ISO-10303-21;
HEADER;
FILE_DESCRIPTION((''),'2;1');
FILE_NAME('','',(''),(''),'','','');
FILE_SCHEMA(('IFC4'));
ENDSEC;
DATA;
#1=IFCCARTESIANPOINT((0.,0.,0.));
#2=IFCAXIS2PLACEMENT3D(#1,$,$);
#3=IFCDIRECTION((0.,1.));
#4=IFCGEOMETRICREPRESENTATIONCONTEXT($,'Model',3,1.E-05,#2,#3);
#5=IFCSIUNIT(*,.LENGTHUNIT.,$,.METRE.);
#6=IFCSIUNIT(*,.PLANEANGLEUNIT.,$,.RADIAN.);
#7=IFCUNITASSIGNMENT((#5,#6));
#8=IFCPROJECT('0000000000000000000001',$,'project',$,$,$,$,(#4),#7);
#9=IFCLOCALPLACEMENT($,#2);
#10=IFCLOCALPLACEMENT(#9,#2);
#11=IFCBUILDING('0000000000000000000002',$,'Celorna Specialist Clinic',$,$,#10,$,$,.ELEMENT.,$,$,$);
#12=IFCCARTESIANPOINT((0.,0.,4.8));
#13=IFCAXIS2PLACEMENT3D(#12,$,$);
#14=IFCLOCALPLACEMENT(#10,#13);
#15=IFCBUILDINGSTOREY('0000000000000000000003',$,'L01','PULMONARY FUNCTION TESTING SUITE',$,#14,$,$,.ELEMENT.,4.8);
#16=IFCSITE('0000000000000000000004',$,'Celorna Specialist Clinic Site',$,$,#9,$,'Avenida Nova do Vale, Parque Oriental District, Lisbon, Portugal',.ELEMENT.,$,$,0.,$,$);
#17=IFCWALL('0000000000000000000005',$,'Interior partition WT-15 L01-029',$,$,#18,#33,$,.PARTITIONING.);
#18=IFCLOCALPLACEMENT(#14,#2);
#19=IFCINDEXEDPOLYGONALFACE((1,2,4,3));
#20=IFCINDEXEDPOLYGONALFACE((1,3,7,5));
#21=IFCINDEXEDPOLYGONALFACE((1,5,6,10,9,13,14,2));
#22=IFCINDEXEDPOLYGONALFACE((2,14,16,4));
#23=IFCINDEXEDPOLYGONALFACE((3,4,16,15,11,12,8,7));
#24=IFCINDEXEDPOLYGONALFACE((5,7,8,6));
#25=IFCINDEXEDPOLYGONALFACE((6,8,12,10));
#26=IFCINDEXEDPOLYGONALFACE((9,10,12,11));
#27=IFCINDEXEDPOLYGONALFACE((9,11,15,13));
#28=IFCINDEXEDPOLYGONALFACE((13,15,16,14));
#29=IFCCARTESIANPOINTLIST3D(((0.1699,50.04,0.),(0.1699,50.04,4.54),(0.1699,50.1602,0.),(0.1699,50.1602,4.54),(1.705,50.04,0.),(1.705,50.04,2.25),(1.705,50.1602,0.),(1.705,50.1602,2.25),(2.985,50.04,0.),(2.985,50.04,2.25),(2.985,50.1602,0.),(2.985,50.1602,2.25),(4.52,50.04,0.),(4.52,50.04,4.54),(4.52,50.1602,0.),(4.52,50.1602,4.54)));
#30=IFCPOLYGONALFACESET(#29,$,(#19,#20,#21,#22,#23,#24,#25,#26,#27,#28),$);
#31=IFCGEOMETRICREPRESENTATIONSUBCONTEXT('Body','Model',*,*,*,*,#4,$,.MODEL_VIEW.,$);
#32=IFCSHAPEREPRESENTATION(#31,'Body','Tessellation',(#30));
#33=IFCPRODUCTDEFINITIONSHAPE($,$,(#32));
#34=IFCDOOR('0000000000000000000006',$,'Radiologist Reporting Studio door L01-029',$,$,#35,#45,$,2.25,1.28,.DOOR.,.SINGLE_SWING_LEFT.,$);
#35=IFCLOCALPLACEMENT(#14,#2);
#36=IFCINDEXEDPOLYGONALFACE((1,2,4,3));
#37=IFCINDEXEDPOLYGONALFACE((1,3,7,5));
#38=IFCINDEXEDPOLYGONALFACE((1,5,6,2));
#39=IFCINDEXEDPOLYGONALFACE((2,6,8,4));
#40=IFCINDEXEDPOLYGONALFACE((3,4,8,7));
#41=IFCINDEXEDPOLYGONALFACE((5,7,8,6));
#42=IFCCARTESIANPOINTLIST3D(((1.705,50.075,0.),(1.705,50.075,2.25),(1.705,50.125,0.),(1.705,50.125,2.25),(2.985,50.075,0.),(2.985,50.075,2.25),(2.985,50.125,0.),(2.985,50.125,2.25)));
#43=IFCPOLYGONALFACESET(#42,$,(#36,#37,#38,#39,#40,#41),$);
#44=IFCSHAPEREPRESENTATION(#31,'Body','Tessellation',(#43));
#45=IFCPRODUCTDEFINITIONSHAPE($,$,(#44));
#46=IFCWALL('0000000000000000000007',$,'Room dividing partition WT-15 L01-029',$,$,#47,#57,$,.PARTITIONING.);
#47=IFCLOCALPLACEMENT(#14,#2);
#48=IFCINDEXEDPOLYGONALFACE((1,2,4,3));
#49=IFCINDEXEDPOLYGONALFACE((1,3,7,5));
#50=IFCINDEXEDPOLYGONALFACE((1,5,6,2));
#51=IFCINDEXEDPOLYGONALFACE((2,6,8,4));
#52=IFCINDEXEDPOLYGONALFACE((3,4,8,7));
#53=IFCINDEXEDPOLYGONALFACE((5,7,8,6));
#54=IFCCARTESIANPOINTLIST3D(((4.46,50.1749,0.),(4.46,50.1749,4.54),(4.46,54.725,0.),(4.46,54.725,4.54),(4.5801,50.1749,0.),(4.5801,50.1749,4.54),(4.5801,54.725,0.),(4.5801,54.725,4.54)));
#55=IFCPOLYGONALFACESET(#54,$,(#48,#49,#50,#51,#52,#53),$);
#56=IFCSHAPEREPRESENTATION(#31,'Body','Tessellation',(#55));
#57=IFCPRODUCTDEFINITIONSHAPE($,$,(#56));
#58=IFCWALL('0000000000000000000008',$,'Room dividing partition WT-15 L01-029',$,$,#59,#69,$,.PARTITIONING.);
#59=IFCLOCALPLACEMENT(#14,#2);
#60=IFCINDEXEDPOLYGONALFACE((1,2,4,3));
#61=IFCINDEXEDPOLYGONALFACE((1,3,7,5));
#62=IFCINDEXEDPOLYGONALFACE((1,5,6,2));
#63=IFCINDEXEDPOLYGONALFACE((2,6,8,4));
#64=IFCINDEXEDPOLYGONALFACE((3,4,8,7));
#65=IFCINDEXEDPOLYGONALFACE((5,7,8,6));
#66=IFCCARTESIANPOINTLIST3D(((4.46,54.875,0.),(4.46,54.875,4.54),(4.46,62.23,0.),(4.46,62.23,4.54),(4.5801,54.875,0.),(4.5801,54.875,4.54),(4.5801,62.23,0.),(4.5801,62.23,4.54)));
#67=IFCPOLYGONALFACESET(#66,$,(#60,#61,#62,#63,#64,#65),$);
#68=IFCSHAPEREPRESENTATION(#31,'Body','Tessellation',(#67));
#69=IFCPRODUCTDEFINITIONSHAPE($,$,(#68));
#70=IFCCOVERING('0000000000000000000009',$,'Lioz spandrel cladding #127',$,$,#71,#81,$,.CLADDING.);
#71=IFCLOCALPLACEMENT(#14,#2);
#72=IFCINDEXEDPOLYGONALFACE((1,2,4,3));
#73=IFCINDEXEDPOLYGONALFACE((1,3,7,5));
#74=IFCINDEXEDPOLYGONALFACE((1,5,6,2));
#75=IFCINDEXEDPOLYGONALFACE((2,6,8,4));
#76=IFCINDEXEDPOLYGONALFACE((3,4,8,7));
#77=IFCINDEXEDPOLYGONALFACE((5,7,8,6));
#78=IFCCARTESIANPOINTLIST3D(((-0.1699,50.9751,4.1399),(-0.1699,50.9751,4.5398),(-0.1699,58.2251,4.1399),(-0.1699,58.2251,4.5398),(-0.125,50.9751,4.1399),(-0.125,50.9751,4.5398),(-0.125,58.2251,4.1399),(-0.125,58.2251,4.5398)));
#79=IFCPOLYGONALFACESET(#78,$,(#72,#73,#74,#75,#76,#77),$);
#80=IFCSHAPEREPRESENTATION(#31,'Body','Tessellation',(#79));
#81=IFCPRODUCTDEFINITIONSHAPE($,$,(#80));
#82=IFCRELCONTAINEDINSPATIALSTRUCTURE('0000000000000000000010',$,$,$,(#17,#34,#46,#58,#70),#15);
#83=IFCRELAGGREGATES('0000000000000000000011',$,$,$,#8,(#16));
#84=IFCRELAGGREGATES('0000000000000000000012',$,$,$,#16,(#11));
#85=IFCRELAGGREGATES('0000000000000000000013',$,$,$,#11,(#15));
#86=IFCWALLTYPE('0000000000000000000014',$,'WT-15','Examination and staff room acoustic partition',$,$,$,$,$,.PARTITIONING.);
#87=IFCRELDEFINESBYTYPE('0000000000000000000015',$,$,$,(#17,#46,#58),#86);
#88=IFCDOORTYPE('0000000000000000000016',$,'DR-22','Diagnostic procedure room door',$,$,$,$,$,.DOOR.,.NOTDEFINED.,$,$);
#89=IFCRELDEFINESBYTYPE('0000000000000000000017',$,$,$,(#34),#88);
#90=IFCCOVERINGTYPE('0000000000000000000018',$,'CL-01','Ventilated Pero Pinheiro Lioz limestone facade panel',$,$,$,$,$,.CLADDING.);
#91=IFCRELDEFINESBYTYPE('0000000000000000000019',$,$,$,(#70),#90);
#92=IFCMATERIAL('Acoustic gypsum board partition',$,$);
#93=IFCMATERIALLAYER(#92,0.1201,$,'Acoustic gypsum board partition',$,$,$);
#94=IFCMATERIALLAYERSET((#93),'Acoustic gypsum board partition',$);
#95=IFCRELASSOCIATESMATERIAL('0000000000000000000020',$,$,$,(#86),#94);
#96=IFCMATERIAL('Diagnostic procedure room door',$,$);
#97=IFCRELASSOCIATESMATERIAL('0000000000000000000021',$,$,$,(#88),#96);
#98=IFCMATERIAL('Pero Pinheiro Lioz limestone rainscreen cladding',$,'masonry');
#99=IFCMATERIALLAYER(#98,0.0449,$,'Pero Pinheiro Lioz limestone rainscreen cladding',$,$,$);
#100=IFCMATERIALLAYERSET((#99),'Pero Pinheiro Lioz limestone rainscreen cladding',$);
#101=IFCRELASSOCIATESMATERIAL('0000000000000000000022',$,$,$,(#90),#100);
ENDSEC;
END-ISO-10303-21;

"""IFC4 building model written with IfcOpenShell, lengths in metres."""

from ifc_helpers import new_model, si_unit, direction, frame, frame_2d, origin, origin_2d, place, context, subcontext, project, spatial, rectangle, extrude, material, layer, layer_set, type_object, element, fill, save


model = new_model("IFC4")

# Units and contexts
model_context = context("Model", 3, precision=1e-05, world=origin(), true_north=direction((0.0, 1.0)))
body_context = subcontext(model_context, "Body", "Model", "MODEL_VIEW")
ifc_project = project(units=[si_unit("LENGTHUNIT", "METRE"), si_unit("PLANEANGLEUNIT", "RADIAN")], contexts=[model_context])

# Site, building, storey
site_placement = place(None, origin())
site = spatial("IfcSite", under=ifc_project, at=site_placement, Name="Celorna Specialist Clinic Site", LongName="Avenida Nova do Vale, Parque Oriental District, Lisbon, Portugal", CompositionType="ELEMENT", RefElevation=0.0)
building_placement = place(site_placement, origin())
building = spatial("IfcBuilding", under=site, at=building_placement, Name="Celorna Specialist Clinic", CompositionType="ELEMENT")
storey_placement = place(building_placement, frame((0.0, 0.0, 4.8)))
storey = spatial("IfcBuildingStorey", under=building, at=storey_placement, Name="L01", Description="PULMONARY FUNCTION TESTING SUITE", CompositionType="ELEMENT", Elevation=4.8)

# Wall, opening, door
ifc_material_1 = material(Name="Acoustic gypsum board partition")
ifc_layer_1 = layer(ifc_material_1, 0.1201, Name="Acoustic gypsum board partition")
ifc_layer_set_1 = layer_set([ifc_layer_1], Name="Acoustic gypsum board partition")
wall_type_1 = type_object("IfcWallType", Name="WT-15", Description="Examination and staff room acoustic partition", PredefinedType="PARTITIONING", material=ifc_layer_set_1)
wall_1_placement = place(storey_placement, frame((0.1699, 50.1001, 0.0), z_axis=(0.0, 0.0, 1.0), x_axis=(1.0, 0.0, 0.0)))
wall_1 = element("IfcWall", 1, at=wall_1_placement, inside=storey, type_object=wall_type_1, Name="Interior partition WT-15 L01-029", PredefinedType="PARTITIONING", context=body_context, shape_type="SweptSolid", body=[
    extrude(rectangle(XDim=4.3501, YDim=0.1201, at=frame_2d((2.175, 0.0))), origin(), (0.0, 0.0, 1.0), 4.54),
])
opening_1_placement = place(wall_1_placement, frame((1.5349, 0.0, 0.0)))
opening_1 = element("IfcOpeningElement", 2, at=opening_1_placement, cuts=wall_1, PredefinedType="OPENING", context=body_context, shape_type="SweptSolid", body=[
    extrude(rectangle(XDim=1.28, YDim=2.25, at=frame_2d((0.6401, 1.125))), frame((0.0, 0.0701, 0.0), z_axis=(0.0, -1.0, 0.0), x_axis=(1.0, 0.0, 0.0)), (0.0, 0.0, 1.0), 0.1401),
])
ifc_material_2 = material(Name="Diagnostic procedure room door")
door_type_1 = type_object("IfcDoorType", Name="DR-22", Description="Diagnostic procedure room door", OperationType="NOTDEFINED", PredefinedType="DOOR", material=ifc_material_2)
door_1_placement = place(opening_1_placement, origin())
door_1 = element("IfcDoor", 3, at=door_1_placement, inside=storey, type_object=door_type_1, Name="Radiologist Reporting Studio door L01-029", OperationType="SINGLE_SWING_LEFT", OverallHeight=2.25, OverallWidth=1.28, PredefinedType="DOOR", context=body_context, shape_type="SweptSolid", body=[
    extrude(rectangle(XDim=1.28, YDim=2.25, at=frame_2d((0.6401, 1.125))), frame((0.0, 0.0249, 0.0), z_axis=(0.0, -1.0, 0.0), x_axis=(1.0, 0.0, 0.0)), (0.0, 0.0, 1.0), 0.05),
])
fill(opening_1, door_1)

# Walls
wall_2_placement = place(storey_placement, frame((4.52, 50.175, 0.0), z_axis=(0.0, 0.0, 1.0), x_axis=(0.0, 1.0, 0.0)))
element("IfcWall", 4, at=wall_2_placement, inside=storey, type_object=wall_type_1, Name="Room dividing partition WT-15 L01-029", PredefinedType="PARTITIONING", context=body_context, shape_type="SweptSolid", body=[
    extrude(rectangle(XDim=4.55, YDim=0.1201, at=frame_2d((2.2749, 0.0))), origin(), (0.0, 0.0, 1.0), 4.54),
])
wall_3_placement = place(storey_placement, frame((4.52, 54.875, 0.0), z_axis=(0.0, 0.0, 1.0), x_axis=(0.0, 1.0, 0.0)))
element("IfcWall", 5, at=wall_3_placement, inside=storey, type_object=wall_type_1, Name="Room dividing partition WT-15 L01-029", PredefinedType="PARTITIONING", context=body_context, shape_type="SweptSolid", body=[
    extrude(rectangle(XDim=7.355, YDim=0.1201, at=frame_2d((3.6775, 0.0))), origin(), (0.0, 0.0, 1.0), 4.54),
])

# Covering
ifc_material_3 = material(Name="Pero Pinheiro Lioz limestone rainscreen cladding", Category="masonry")
ifc_layer_2 = layer(ifc_material_3, 0.0449, Name="Pero Pinheiro Lioz limestone rainscreen cladding")
ifc_layer_set_2 = layer_set([ifc_layer_2], Name="Pero Pinheiro Lioz limestone rainscreen cladding")
covering_type = type_object("IfcCoveringType", Name="CL-01", Description="Ventilated Pero Pinheiro Lioz limestone facade panel", PredefinedType="CLADDING", material=ifc_layer_set_2)
covering_placement = place(storey_placement, frame((-0.1475, 54.6001, 4.1399), z_axis=(0.0, 0.0, 1.0), x_axis=(0.0, 1.0, 0.0)))
element("IfcCovering", 6, at=covering_placement, inside=storey, type_object=covering_type, Name="Lioz spandrel cladding #127", PredefinedType="CLADDING", context=body_context, shape_type="SweptSolid", body=[
    extrude(rectangle(XDim=7.25, YDim=0.0449, at=origin_2d()), origin(), (0.0, 0.0, 1.0), 0.3999),
])

save(model, "model.ifc")
